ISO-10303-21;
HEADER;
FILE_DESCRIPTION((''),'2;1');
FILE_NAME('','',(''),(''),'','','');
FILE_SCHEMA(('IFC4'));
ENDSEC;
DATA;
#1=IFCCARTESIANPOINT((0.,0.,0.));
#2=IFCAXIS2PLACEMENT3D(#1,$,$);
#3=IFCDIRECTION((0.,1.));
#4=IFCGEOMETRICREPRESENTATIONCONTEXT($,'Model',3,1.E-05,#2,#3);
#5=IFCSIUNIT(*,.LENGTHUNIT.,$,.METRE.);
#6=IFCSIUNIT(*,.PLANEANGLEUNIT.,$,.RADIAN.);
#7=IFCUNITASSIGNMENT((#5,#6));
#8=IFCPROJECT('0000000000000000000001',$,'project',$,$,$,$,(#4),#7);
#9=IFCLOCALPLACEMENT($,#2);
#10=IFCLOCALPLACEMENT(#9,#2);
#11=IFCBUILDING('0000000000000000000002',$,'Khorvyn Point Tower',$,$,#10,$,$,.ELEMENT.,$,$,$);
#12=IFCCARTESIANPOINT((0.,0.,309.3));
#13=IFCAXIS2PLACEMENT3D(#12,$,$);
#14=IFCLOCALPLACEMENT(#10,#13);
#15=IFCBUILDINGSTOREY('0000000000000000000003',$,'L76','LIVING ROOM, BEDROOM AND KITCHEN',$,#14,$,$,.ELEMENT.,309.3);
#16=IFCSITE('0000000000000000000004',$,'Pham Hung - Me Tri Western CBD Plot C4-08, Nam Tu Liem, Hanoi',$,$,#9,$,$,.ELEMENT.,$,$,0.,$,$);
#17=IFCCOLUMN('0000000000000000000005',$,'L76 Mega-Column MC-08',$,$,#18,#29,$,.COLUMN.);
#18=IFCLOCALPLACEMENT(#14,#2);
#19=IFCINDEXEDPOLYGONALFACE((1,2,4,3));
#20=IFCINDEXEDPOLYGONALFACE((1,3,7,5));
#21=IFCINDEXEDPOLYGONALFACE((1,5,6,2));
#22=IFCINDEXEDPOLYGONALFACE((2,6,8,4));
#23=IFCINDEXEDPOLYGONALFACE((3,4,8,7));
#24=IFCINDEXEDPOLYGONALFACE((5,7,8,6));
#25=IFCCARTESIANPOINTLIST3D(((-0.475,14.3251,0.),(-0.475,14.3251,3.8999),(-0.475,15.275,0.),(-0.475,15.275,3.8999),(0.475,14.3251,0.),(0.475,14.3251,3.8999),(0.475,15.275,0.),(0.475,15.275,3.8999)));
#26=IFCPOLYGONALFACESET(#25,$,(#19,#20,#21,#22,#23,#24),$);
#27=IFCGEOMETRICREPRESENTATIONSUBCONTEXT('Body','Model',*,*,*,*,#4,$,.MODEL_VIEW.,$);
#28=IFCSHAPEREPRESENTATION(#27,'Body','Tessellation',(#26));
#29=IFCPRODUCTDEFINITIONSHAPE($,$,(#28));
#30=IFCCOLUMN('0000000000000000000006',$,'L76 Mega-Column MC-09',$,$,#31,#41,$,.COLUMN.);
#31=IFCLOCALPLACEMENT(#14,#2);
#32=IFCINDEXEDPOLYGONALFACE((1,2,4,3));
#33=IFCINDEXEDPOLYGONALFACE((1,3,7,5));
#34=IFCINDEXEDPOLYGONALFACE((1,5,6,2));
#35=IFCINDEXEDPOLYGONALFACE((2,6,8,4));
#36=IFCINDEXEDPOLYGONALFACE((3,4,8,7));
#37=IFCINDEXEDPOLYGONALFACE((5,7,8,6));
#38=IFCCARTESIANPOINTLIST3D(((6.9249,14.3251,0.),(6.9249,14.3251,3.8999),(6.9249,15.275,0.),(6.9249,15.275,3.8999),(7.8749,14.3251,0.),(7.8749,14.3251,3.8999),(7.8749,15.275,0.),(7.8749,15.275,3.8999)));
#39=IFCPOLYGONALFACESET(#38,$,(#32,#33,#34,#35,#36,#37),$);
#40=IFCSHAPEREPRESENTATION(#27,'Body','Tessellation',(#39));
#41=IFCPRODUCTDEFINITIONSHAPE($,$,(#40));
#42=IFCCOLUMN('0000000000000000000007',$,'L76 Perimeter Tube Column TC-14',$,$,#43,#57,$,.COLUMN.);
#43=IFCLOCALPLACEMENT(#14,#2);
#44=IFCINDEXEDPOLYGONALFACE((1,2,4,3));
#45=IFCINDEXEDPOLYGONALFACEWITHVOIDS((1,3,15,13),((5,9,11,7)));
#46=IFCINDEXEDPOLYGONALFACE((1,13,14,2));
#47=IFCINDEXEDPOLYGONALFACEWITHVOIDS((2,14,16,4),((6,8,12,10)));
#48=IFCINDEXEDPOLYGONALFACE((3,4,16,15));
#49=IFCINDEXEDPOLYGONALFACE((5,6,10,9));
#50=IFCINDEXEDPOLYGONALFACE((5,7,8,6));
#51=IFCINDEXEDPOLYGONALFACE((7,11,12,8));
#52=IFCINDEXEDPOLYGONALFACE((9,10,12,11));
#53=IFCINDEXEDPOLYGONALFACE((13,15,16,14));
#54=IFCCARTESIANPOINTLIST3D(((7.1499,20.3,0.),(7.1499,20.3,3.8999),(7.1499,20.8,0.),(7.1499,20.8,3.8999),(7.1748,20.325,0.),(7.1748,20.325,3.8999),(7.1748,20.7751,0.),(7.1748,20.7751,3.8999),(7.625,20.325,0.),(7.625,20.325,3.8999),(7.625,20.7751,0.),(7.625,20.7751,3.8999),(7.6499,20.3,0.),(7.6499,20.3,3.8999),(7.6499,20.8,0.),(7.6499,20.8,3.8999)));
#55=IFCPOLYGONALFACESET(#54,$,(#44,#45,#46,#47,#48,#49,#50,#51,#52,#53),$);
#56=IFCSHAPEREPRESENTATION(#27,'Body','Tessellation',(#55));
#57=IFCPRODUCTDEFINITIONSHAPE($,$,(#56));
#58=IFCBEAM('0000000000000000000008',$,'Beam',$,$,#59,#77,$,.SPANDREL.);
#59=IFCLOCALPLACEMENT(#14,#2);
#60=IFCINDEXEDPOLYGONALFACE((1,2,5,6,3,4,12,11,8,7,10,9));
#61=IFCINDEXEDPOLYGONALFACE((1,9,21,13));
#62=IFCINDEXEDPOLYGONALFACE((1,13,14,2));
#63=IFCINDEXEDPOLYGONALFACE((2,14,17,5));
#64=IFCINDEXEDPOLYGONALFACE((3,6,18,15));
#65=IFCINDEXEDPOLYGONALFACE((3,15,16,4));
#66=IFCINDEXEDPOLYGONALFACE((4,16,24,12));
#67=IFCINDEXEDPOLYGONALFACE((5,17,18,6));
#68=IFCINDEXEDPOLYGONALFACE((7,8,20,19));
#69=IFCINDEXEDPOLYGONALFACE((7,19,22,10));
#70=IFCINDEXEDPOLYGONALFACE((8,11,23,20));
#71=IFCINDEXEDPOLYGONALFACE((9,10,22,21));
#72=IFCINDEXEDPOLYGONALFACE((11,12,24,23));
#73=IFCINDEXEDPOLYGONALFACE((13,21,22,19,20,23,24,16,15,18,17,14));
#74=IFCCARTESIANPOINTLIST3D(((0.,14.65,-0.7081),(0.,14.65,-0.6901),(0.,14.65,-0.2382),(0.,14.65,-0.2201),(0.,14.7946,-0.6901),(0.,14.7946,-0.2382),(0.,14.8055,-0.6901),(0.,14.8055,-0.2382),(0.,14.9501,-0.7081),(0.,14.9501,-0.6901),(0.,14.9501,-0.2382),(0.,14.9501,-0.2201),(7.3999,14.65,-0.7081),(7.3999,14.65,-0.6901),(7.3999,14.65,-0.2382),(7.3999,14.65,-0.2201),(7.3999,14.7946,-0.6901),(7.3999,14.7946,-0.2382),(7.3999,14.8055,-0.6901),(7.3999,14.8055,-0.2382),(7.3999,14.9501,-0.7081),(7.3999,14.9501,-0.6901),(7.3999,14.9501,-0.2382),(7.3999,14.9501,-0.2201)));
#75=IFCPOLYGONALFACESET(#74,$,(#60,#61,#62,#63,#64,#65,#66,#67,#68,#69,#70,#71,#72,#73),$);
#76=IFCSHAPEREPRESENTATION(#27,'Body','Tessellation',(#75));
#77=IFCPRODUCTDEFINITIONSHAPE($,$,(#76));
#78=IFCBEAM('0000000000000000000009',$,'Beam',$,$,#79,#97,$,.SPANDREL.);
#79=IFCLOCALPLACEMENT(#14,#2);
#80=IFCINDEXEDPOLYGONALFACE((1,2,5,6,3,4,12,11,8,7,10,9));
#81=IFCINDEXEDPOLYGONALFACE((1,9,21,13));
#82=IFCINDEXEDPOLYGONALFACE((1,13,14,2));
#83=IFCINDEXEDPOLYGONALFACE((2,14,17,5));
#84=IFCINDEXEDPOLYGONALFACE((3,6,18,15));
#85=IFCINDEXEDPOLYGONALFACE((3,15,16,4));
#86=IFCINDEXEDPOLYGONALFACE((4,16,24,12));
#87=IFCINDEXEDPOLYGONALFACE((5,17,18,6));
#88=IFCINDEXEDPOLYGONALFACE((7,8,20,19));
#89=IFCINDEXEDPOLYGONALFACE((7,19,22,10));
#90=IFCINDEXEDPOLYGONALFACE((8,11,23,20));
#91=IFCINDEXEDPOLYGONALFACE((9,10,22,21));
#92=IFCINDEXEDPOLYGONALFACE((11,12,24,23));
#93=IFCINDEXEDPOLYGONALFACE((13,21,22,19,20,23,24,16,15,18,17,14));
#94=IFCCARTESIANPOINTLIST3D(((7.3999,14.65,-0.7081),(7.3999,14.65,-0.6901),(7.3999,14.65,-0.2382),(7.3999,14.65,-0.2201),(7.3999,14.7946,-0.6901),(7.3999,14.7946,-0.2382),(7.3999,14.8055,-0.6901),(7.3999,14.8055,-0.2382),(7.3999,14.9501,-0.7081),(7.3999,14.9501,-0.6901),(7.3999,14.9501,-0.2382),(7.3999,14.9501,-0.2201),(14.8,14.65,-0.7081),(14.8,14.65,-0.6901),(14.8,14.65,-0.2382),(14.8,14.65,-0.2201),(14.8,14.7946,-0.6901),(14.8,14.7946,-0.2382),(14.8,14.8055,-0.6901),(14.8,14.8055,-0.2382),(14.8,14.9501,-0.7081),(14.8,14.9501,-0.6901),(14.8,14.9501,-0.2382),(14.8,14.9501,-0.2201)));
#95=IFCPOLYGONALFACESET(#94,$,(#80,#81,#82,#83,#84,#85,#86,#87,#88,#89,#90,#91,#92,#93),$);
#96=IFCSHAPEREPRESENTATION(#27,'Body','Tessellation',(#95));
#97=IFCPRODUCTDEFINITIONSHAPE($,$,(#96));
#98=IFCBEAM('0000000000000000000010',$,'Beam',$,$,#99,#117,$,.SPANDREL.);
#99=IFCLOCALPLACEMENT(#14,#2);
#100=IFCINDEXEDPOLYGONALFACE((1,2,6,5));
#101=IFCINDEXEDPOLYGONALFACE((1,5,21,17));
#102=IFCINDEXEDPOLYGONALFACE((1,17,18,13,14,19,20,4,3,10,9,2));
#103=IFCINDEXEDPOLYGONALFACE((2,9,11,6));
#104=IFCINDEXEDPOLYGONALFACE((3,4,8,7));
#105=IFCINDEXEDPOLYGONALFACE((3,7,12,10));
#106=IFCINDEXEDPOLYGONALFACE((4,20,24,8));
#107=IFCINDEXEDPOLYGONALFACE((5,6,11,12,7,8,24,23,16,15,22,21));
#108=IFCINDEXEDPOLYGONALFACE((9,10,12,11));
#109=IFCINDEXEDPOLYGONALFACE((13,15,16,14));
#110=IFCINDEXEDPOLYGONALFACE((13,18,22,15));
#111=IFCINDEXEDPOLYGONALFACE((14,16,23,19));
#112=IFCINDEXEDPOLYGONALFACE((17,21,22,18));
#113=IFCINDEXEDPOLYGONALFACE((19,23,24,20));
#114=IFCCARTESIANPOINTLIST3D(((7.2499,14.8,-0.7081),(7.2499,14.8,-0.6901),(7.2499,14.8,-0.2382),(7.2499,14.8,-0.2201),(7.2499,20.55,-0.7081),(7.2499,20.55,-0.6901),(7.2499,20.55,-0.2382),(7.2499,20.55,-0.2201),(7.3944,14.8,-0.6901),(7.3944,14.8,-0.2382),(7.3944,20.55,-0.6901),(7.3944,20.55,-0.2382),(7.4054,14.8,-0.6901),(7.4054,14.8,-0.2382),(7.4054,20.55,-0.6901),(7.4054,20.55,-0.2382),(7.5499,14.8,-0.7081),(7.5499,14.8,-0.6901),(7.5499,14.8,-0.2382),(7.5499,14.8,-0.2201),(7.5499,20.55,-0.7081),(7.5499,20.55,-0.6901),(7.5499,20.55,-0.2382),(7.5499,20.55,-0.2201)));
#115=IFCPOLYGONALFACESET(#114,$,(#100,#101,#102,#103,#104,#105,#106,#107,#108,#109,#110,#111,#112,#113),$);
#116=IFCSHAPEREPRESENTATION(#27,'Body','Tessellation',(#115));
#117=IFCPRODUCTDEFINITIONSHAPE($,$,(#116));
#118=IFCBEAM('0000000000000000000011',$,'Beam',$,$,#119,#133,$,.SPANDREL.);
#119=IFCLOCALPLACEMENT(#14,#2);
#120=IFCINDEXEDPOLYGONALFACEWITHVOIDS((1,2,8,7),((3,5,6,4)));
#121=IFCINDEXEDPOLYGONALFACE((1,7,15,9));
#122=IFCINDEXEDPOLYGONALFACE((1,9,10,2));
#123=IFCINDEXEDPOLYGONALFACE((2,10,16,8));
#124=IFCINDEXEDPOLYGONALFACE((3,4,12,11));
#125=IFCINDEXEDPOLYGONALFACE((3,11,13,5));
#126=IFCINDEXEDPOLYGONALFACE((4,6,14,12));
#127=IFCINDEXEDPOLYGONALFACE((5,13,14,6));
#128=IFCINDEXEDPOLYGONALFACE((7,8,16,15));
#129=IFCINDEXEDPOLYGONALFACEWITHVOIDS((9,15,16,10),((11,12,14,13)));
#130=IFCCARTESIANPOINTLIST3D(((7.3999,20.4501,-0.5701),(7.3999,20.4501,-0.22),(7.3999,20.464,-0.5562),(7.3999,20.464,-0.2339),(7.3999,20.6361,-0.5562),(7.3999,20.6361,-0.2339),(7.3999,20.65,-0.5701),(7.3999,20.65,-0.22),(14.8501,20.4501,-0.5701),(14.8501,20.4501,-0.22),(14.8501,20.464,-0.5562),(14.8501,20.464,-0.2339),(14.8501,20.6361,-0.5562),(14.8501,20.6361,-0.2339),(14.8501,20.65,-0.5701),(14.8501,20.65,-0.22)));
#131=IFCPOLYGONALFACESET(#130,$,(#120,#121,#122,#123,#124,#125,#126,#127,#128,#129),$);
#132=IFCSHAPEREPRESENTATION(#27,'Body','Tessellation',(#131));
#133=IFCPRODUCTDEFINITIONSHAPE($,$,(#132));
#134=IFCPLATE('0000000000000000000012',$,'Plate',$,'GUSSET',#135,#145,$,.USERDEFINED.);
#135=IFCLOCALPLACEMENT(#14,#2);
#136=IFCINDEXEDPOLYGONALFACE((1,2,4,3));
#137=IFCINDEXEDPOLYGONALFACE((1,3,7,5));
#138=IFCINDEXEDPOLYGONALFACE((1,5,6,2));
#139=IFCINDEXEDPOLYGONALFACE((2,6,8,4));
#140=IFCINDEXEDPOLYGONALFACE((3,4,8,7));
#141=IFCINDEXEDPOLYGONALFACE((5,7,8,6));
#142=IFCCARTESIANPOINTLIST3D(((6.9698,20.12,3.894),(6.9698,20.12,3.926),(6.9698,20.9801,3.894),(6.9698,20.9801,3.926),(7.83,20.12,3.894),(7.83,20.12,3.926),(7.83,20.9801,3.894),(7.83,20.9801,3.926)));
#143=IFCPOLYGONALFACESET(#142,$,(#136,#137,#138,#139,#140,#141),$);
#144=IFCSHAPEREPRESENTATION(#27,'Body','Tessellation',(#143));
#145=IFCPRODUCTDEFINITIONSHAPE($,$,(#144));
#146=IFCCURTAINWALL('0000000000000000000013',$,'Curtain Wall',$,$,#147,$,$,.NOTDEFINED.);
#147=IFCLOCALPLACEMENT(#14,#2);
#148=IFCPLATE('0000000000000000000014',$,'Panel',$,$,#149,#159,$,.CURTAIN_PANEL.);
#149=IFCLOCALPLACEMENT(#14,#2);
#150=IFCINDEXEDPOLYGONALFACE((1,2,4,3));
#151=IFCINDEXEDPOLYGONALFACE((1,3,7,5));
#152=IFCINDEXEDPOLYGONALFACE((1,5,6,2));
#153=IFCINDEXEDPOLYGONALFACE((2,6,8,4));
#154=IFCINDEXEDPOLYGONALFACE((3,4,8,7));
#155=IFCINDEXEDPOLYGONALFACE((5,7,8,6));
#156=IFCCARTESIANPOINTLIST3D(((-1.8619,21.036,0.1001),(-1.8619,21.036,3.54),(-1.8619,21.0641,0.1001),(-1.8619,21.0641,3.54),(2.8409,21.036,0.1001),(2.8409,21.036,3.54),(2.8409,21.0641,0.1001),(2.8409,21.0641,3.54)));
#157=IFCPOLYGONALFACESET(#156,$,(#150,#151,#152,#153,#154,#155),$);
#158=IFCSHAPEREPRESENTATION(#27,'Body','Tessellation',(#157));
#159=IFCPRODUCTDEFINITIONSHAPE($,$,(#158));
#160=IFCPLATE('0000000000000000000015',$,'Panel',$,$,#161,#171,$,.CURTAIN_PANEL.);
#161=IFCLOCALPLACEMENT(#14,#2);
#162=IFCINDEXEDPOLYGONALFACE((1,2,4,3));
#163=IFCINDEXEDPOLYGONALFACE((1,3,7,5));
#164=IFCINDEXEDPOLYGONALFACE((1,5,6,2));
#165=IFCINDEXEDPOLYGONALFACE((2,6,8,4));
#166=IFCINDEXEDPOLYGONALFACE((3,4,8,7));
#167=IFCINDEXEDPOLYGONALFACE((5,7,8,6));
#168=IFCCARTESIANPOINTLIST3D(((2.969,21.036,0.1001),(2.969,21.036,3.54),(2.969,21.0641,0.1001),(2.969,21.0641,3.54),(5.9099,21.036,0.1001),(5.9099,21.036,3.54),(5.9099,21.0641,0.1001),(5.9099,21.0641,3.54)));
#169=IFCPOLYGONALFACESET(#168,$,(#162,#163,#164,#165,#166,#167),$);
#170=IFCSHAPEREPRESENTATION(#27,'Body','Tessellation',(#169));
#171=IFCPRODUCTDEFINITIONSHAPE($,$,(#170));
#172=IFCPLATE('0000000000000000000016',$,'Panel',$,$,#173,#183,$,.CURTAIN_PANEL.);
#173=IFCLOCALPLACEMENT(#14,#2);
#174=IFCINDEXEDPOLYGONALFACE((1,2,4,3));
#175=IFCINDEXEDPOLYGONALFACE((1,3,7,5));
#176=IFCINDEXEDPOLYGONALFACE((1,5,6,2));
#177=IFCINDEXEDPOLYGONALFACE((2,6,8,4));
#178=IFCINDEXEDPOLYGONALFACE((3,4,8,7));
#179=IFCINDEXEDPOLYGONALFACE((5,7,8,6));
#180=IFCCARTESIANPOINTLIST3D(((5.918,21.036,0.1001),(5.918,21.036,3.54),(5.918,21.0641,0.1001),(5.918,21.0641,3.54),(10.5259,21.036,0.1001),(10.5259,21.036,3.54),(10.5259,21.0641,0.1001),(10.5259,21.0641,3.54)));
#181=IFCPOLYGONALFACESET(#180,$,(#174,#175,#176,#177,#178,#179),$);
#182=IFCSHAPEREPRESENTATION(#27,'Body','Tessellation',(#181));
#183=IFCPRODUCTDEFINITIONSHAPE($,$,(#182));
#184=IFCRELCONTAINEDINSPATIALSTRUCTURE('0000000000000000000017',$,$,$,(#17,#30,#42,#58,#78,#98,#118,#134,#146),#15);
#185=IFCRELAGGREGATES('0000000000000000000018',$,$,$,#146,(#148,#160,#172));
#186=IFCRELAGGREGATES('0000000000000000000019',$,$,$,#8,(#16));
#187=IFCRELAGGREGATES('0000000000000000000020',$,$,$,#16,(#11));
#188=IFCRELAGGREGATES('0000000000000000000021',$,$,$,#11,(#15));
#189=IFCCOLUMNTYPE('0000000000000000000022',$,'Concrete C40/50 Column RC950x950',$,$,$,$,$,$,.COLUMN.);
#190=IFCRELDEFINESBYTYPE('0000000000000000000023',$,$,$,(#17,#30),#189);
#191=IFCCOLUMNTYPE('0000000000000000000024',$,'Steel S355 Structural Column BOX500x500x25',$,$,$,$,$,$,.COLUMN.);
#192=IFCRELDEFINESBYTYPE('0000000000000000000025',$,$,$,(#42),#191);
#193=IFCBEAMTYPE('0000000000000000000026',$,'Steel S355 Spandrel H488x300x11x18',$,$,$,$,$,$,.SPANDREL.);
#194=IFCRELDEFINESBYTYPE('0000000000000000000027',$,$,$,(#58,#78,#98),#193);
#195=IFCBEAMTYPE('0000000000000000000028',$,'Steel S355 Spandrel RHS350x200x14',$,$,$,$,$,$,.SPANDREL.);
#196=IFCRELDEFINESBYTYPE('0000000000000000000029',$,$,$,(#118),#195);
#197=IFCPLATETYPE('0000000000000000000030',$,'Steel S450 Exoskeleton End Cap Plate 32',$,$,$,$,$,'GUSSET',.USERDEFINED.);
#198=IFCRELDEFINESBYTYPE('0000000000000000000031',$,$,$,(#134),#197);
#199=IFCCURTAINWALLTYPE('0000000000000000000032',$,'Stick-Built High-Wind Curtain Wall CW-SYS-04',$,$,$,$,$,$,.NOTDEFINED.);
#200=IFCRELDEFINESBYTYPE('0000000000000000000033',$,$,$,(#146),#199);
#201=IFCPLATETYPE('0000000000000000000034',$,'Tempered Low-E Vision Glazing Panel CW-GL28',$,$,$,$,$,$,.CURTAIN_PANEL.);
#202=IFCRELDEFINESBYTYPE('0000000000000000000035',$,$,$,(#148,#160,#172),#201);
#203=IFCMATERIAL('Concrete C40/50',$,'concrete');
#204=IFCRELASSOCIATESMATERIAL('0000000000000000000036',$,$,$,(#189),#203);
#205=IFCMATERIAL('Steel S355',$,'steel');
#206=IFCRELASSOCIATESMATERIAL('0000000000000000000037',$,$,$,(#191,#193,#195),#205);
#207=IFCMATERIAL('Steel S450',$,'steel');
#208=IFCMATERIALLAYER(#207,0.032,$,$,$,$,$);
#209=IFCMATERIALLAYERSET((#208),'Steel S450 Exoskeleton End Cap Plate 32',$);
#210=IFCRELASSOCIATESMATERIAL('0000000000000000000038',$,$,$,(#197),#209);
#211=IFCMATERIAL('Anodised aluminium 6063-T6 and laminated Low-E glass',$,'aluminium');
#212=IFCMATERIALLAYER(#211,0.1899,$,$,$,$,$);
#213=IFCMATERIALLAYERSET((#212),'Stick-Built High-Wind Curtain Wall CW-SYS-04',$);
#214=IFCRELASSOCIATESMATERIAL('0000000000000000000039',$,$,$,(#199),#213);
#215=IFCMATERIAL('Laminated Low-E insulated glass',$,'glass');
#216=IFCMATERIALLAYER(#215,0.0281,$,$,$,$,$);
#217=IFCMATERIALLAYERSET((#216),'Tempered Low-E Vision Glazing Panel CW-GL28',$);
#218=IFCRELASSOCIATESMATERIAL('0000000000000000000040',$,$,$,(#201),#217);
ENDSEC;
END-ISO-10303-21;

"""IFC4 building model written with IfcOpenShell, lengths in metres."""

from ifc_helpers import new_model, si_unit, direction, frame, origin, origin_2d, place, context, subcontext, project, spatial, rectangle, hollow_rectangle, i_section, extrude, material, layer, layer_set, material_profile, profile_set, type_object, element, aggregate, save


model = new_model("IFC4")

# Units and contexts
model_context = context("Model", 3, precision=1e-05, world=origin(), true_north=direction((0.0, 1.0)))
body_context = subcontext(model_context, "Body", "Model", "MODEL_VIEW")
ifc_project = project(units=[si_unit("LENGTHUNIT", "METRE"), si_unit("PLANEANGLEUNIT", "RADIAN")], contexts=[model_context])

# Site, building, storey
site_placement = place(None, origin())
site = spatial("IfcSite", under=ifc_project, at=site_placement, Name="Pham Hung - Me Tri Western CBD Plot C4-08, Nam Tu Liem, Hanoi", CompositionType="ELEMENT", RefElevation=0.0)
building_placement = place(site_placement, origin())
building = spatial("IfcBuilding", under=site, at=building_placement, Name="Khorvyn Point Tower", CompositionType="ELEMENT")
storey_placement = place(building_placement, frame((0.0, 0.0, 309.3)))
storey = spatial("IfcBuildingStorey", under=building, at=storey_placement, Name="L76", Description="LIVING ROOM, BEDROOM AND KITCHEN", CompositionType="ELEMENT", Elevation=309.3)

# Columns
ifc_material_1 = material(Name="Concrete C40/50", Category="concrete")
ifc_material_profile_1 = material_profile(ifc_material_1, rectangle(XDim=0.95, YDim=0.95, at=origin_2d()))
ifc_profile_set_1 = profile_set([ifc_material_profile_1], Name="Concrete C40/50 RC950x950")
column_type_1 = type_object("IfcColumnType", Name="Concrete C40/50 Column RC950x950", PredefinedType="COLUMN", material=ifc_profile_set_1)
for number, where, z_axis, x_axis, name in (
    (1, (0.0, 14.8, 0.0), (0.0, 0.0, 1.0), (1.0, 0.0, 0.0), "L76 Mega-Column MC-08"),
    (2, (7.3999, 14.8, 0.0), (0.0, 0.0, 1.0), (1.0, 0.0, 0.0), "L76 Mega-Column MC-09"),
):
    element("IfcColumn", number, at=place(storey_placement, frame(where, z_axis=z_axis, x_axis=x_axis)), inside=storey, type_object=column_type_1, Name=name, PredefinedType="COLUMN", context=body_context, shape_type="SweptSolid", body=[
        extrude(rectangle(XDim=0.95, YDim=0.95, at=origin_2d()), origin(), (0.0, 0.0, 1.0), 3.8999),
    ])
ifc_material_2 = material(Name="Steel S355", Category="steel")
ifc_material_profile_2 = material_profile(ifc_material_2, hollow_rectangle(XDim=0.5, YDim=0.5, WallThickness=0.0249, at=origin_2d()))
ifc_profile_set_2 = profile_set([ifc_material_profile_2], Name="Steel S355 BOX500x500x25")
column_type_2 = type_object("IfcColumnType", Name="Steel S355 Structural Column BOX500x500x25", PredefinedType="COLUMN", material=ifc_profile_set_2)
column_placement = place(storey_placement, frame((7.3999, 20.55, 0.0), z_axis=(0.0, 0.0, 1.0), x_axis=(1.0, 0.0, 0.0)))
element("IfcColumn", 3, at=column_placement, inside=storey, type_object=column_type_2, Name="L76 Perimeter Tube Column TC-14", PredefinedType="COLUMN", context=body_context, shape_type="SweptSolid", body=[
    extrude(hollow_rectangle(XDim=0.5, YDim=0.5, WallThickness=0.0249, at=origin_2d()), origin(), (0.0, 0.0, 1.0), 3.8999),
])

# Beams
ifc_material_profile_3 = material_profile(ifc_material_2, i_section(OverallWidth=0.3, OverallDepth=0.488, WebThickness=0.011, FlangeThickness=0.0181, at=origin_2d()))
ifc_profile_set_3 = profile_set([ifc_material_profile_3], Name="Steel S355 H488x300x11x18")
beam_type_1 = type_object("IfcBeamType", Name="Steel S355 Spandrel H488x300x11x18", PredefinedType="SPANDREL", material=ifc_profile_set_3)
beam_1_placement = place(storey_placement, frame((0.0, 14.8, -0.4641), z_axis=(1.0, 0.0, 0.0), x_axis=(0.0, 1.0, 0.0)))
element("IfcBeam", 4, at=beam_1_placement, inside=storey, type_object=beam_type_1, Name="Beam", PredefinedType="SPANDREL", context=body_context, shape_type="SweptSolid", body=[
    extrude(i_section(OverallWidth=0.3, OverallDepth=0.488, WebThickness=0.011, FlangeThickness=0.0181, at=origin_2d()), origin(), (0.0, 0.0, 1.0), 7.3999),
])
beam_2_placement = place(storey_placement, frame((7.3999, 14.8, -0.4641), z_axis=(1.0, 0.0, 0.0), x_axis=(0.0, 1.0, 0.0)))
element("IfcBeam", 5, at=beam_2_placement, inside=storey, type_object=beam_type_1, Name="Beam", PredefinedType="SPANDREL", context=body_context, shape_type="SweptSolid", body=[
    extrude(i_section(OverallWidth=0.3, OverallDepth=0.488, WebThickness=0.011, FlangeThickness=0.0181, at=origin_2d()), origin(), (0.0, 0.0, 1.0), 7.4001),
])
beam_3_placement = place(storey_placement, frame((7.3999, 14.8, -0.4641), z_axis=(0.0, 1.0, 0.0), x_axis=(-1.0, 0.0, 0.0)))
element("IfcBeam", 6, at=beam_3_placement, inside=storey, type_object=beam_type_1, Name="Beam", PredefinedType="SPANDREL", context=body_context, shape_type="SweptSolid", body=[
    extrude(i_section(OverallWidth=0.3, OverallDepth=0.488, WebThickness=0.011, FlangeThickness=0.0181, at=origin_2d()), origin(), (0.0, 0.0, 1.0), 5.75),
])
ifc_material_profile_4 = material_profile(ifc_material_2, hollow_rectangle(XDim=0.2, YDim=0.3501, WallThickness=0.0139, at=origin_2d()))
ifc_profile_set_4 = profile_set([ifc_material_profile_4], Name="Steel S355 RHS350x200x14")
beam_type_2 = type_object("IfcBeamType", Name="Steel S355 Spandrel RHS350x200x14", PredefinedType="SPANDREL", material=ifc_profile_set_4)
beam_4_placement = place(storey_placement, frame((7.3999, 20.55, -0.395), z_axis=(1.0, 0.0, 0.0), x_axis=(0.0, 1.0, 0.0)))
element("IfcBeam", 7, at=beam_4_placement, inside=storey, type_object=beam_type_2, Name="Beam", PredefinedType="SPANDREL", context=body_context, shape_type="SweptSolid", body=[
    extrude(hollow_rectangle(XDim=0.2, YDim=0.3501, WallThickness=0.0139, at=origin_2d()), origin(), (0.0, 0.0, 1.0), 7.4502),
])

# Plate
ifc_material_3 = material(Name="Steel S450", Category="steel")
ifc_layer_1 = layer(ifc_material_3, 0.032)
ifc_layer_set_1 = layer_set([ifc_layer_1], Name="Steel S450 Exoskeleton End Cap Plate 32")
plate_type_1 = type_object("IfcPlateType", Name="Steel S450 Exoskeleton End Cap Plate 32", ElementType="GUSSET", PredefinedType="USERDEFINED", material=ifc_layer_set_1)
plate_1_placement = place(storey_placement, frame((7.3999, 20.55, 3.894), z_axis=(0.0, 0.0, 1.0), x_axis=(1.0, 0.0, 0.0)))
element("IfcPlate", 8, at=plate_1_placement, inside=storey, type_object=plate_type_1, Name="Plate", ObjectType="GUSSET", PredefinedType="USERDEFINED", context=body_context, shape_type="SweptSolid", body=[
    extrude(rectangle(XDim=0.8601, YDim=0.8601, at=origin_2d()), origin(), (0.0, 0.0, 1.0), 0.032),
])

# Curtain wall, plates
ifc_material_4 = material(Name="Anodised aluminium 6063-T6 and laminated Low-E glass", Category="aluminium")
ifc_layer_2 = layer(ifc_material_4, 0.1899)
ifc_layer_set_2 = layer_set([ifc_layer_2], Name="Stick-Built High-Wind Curtain Wall CW-SYS-04")
curtain_wall_type = type_object("IfcCurtainWallType", Name="Stick-Built High-Wind Curtain Wall CW-SYS-04", PredefinedType="NOTDEFINED", material=ifc_layer_set_2)
curtain_wall_placement = place(storey_placement, origin())
curtain_wall = element("IfcCurtainWall", 9, at=curtain_wall_placement, inside=storey, type_object=curtain_wall_type, Name="Curtain Wall", PredefinedType="NOTDEFINED")
ifc_material_5 = material(Name="Laminated Low-E insulated glass", Category="glass")
ifc_layer_3 = layer(ifc_material_5, 0.0281)
ifc_layer_set_3 = layer_set([ifc_layer_3], Name="Tempered Low-E Vision Glazing Panel CW-GL28")
plate_type_2 = type_object("IfcPlateType", Name="Tempered Low-E Vision Glazing Panel CW-GL28", PredefinedType="CURTAIN_PANEL", material=ifc_layer_set_3)
plate_2_placement = place(storey_placement, frame((0.4895, 21.05, 0.1001), z_axis=(0.0, 0.0, 1.0), x_axis=(1.0, 0.0, 0.0)))
plate_2 = element("IfcPlate", 10, at=plate_2_placement, type_object=plate_type_2, Name="Panel", PredefinedType="CURTAIN_PANEL", context=body_context, shape_type="SweptSolid", body=[
    extrude(rectangle(XDim=4.7029, YDim=0.0281, at=origin_2d()), origin(), (0.0, 0.0, 1.0), 3.4399),
])
plate_3_placement = place(storey_placement, frame((4.4395, 21.05, 0.1001), z_axis=(0.0, 0.0, 1.0), x_axis=(1.0, 0.0, 0.0)))
plate_3 = element("IfcPlate", 11, at=plate_3_placement, type_object=plate_type_2, Name="Panel", PredefinedType="CURTAIN_PANEL", context=body_context, shape_type="SweptSolid", body=[
    extrude(rectangle(XDim=2.9409, YDim=0.0281, at=origin_2d()), origin(), (0.0, 0.0, 1.0), 3.4399),
])
plate_4_placement = place(storey_placement, frame((8.2219, 21.05, 0.1001), z_axis=(0.0, 0.0, 1.0), x_axis=(1.0, 0.0, 0.0)))
plate_4 = element("IfcPlate", 12, at=plate_4_placement, type_object=plate_type_2, Name="Panel", PredefinedType="CURTAIN_PANEL", context=body_context, shape_type="SweptSolid", body=[
    extrude(rectangle(XDim=4.6079, YDim=0.0281, at=origin_2d()), origin(), (0.0, 0.0, 1.0), 3.4399),
])
aggregate(curtain_wall, [plate_2, plate_3, plate_4])

save(model, "model.ifc")
